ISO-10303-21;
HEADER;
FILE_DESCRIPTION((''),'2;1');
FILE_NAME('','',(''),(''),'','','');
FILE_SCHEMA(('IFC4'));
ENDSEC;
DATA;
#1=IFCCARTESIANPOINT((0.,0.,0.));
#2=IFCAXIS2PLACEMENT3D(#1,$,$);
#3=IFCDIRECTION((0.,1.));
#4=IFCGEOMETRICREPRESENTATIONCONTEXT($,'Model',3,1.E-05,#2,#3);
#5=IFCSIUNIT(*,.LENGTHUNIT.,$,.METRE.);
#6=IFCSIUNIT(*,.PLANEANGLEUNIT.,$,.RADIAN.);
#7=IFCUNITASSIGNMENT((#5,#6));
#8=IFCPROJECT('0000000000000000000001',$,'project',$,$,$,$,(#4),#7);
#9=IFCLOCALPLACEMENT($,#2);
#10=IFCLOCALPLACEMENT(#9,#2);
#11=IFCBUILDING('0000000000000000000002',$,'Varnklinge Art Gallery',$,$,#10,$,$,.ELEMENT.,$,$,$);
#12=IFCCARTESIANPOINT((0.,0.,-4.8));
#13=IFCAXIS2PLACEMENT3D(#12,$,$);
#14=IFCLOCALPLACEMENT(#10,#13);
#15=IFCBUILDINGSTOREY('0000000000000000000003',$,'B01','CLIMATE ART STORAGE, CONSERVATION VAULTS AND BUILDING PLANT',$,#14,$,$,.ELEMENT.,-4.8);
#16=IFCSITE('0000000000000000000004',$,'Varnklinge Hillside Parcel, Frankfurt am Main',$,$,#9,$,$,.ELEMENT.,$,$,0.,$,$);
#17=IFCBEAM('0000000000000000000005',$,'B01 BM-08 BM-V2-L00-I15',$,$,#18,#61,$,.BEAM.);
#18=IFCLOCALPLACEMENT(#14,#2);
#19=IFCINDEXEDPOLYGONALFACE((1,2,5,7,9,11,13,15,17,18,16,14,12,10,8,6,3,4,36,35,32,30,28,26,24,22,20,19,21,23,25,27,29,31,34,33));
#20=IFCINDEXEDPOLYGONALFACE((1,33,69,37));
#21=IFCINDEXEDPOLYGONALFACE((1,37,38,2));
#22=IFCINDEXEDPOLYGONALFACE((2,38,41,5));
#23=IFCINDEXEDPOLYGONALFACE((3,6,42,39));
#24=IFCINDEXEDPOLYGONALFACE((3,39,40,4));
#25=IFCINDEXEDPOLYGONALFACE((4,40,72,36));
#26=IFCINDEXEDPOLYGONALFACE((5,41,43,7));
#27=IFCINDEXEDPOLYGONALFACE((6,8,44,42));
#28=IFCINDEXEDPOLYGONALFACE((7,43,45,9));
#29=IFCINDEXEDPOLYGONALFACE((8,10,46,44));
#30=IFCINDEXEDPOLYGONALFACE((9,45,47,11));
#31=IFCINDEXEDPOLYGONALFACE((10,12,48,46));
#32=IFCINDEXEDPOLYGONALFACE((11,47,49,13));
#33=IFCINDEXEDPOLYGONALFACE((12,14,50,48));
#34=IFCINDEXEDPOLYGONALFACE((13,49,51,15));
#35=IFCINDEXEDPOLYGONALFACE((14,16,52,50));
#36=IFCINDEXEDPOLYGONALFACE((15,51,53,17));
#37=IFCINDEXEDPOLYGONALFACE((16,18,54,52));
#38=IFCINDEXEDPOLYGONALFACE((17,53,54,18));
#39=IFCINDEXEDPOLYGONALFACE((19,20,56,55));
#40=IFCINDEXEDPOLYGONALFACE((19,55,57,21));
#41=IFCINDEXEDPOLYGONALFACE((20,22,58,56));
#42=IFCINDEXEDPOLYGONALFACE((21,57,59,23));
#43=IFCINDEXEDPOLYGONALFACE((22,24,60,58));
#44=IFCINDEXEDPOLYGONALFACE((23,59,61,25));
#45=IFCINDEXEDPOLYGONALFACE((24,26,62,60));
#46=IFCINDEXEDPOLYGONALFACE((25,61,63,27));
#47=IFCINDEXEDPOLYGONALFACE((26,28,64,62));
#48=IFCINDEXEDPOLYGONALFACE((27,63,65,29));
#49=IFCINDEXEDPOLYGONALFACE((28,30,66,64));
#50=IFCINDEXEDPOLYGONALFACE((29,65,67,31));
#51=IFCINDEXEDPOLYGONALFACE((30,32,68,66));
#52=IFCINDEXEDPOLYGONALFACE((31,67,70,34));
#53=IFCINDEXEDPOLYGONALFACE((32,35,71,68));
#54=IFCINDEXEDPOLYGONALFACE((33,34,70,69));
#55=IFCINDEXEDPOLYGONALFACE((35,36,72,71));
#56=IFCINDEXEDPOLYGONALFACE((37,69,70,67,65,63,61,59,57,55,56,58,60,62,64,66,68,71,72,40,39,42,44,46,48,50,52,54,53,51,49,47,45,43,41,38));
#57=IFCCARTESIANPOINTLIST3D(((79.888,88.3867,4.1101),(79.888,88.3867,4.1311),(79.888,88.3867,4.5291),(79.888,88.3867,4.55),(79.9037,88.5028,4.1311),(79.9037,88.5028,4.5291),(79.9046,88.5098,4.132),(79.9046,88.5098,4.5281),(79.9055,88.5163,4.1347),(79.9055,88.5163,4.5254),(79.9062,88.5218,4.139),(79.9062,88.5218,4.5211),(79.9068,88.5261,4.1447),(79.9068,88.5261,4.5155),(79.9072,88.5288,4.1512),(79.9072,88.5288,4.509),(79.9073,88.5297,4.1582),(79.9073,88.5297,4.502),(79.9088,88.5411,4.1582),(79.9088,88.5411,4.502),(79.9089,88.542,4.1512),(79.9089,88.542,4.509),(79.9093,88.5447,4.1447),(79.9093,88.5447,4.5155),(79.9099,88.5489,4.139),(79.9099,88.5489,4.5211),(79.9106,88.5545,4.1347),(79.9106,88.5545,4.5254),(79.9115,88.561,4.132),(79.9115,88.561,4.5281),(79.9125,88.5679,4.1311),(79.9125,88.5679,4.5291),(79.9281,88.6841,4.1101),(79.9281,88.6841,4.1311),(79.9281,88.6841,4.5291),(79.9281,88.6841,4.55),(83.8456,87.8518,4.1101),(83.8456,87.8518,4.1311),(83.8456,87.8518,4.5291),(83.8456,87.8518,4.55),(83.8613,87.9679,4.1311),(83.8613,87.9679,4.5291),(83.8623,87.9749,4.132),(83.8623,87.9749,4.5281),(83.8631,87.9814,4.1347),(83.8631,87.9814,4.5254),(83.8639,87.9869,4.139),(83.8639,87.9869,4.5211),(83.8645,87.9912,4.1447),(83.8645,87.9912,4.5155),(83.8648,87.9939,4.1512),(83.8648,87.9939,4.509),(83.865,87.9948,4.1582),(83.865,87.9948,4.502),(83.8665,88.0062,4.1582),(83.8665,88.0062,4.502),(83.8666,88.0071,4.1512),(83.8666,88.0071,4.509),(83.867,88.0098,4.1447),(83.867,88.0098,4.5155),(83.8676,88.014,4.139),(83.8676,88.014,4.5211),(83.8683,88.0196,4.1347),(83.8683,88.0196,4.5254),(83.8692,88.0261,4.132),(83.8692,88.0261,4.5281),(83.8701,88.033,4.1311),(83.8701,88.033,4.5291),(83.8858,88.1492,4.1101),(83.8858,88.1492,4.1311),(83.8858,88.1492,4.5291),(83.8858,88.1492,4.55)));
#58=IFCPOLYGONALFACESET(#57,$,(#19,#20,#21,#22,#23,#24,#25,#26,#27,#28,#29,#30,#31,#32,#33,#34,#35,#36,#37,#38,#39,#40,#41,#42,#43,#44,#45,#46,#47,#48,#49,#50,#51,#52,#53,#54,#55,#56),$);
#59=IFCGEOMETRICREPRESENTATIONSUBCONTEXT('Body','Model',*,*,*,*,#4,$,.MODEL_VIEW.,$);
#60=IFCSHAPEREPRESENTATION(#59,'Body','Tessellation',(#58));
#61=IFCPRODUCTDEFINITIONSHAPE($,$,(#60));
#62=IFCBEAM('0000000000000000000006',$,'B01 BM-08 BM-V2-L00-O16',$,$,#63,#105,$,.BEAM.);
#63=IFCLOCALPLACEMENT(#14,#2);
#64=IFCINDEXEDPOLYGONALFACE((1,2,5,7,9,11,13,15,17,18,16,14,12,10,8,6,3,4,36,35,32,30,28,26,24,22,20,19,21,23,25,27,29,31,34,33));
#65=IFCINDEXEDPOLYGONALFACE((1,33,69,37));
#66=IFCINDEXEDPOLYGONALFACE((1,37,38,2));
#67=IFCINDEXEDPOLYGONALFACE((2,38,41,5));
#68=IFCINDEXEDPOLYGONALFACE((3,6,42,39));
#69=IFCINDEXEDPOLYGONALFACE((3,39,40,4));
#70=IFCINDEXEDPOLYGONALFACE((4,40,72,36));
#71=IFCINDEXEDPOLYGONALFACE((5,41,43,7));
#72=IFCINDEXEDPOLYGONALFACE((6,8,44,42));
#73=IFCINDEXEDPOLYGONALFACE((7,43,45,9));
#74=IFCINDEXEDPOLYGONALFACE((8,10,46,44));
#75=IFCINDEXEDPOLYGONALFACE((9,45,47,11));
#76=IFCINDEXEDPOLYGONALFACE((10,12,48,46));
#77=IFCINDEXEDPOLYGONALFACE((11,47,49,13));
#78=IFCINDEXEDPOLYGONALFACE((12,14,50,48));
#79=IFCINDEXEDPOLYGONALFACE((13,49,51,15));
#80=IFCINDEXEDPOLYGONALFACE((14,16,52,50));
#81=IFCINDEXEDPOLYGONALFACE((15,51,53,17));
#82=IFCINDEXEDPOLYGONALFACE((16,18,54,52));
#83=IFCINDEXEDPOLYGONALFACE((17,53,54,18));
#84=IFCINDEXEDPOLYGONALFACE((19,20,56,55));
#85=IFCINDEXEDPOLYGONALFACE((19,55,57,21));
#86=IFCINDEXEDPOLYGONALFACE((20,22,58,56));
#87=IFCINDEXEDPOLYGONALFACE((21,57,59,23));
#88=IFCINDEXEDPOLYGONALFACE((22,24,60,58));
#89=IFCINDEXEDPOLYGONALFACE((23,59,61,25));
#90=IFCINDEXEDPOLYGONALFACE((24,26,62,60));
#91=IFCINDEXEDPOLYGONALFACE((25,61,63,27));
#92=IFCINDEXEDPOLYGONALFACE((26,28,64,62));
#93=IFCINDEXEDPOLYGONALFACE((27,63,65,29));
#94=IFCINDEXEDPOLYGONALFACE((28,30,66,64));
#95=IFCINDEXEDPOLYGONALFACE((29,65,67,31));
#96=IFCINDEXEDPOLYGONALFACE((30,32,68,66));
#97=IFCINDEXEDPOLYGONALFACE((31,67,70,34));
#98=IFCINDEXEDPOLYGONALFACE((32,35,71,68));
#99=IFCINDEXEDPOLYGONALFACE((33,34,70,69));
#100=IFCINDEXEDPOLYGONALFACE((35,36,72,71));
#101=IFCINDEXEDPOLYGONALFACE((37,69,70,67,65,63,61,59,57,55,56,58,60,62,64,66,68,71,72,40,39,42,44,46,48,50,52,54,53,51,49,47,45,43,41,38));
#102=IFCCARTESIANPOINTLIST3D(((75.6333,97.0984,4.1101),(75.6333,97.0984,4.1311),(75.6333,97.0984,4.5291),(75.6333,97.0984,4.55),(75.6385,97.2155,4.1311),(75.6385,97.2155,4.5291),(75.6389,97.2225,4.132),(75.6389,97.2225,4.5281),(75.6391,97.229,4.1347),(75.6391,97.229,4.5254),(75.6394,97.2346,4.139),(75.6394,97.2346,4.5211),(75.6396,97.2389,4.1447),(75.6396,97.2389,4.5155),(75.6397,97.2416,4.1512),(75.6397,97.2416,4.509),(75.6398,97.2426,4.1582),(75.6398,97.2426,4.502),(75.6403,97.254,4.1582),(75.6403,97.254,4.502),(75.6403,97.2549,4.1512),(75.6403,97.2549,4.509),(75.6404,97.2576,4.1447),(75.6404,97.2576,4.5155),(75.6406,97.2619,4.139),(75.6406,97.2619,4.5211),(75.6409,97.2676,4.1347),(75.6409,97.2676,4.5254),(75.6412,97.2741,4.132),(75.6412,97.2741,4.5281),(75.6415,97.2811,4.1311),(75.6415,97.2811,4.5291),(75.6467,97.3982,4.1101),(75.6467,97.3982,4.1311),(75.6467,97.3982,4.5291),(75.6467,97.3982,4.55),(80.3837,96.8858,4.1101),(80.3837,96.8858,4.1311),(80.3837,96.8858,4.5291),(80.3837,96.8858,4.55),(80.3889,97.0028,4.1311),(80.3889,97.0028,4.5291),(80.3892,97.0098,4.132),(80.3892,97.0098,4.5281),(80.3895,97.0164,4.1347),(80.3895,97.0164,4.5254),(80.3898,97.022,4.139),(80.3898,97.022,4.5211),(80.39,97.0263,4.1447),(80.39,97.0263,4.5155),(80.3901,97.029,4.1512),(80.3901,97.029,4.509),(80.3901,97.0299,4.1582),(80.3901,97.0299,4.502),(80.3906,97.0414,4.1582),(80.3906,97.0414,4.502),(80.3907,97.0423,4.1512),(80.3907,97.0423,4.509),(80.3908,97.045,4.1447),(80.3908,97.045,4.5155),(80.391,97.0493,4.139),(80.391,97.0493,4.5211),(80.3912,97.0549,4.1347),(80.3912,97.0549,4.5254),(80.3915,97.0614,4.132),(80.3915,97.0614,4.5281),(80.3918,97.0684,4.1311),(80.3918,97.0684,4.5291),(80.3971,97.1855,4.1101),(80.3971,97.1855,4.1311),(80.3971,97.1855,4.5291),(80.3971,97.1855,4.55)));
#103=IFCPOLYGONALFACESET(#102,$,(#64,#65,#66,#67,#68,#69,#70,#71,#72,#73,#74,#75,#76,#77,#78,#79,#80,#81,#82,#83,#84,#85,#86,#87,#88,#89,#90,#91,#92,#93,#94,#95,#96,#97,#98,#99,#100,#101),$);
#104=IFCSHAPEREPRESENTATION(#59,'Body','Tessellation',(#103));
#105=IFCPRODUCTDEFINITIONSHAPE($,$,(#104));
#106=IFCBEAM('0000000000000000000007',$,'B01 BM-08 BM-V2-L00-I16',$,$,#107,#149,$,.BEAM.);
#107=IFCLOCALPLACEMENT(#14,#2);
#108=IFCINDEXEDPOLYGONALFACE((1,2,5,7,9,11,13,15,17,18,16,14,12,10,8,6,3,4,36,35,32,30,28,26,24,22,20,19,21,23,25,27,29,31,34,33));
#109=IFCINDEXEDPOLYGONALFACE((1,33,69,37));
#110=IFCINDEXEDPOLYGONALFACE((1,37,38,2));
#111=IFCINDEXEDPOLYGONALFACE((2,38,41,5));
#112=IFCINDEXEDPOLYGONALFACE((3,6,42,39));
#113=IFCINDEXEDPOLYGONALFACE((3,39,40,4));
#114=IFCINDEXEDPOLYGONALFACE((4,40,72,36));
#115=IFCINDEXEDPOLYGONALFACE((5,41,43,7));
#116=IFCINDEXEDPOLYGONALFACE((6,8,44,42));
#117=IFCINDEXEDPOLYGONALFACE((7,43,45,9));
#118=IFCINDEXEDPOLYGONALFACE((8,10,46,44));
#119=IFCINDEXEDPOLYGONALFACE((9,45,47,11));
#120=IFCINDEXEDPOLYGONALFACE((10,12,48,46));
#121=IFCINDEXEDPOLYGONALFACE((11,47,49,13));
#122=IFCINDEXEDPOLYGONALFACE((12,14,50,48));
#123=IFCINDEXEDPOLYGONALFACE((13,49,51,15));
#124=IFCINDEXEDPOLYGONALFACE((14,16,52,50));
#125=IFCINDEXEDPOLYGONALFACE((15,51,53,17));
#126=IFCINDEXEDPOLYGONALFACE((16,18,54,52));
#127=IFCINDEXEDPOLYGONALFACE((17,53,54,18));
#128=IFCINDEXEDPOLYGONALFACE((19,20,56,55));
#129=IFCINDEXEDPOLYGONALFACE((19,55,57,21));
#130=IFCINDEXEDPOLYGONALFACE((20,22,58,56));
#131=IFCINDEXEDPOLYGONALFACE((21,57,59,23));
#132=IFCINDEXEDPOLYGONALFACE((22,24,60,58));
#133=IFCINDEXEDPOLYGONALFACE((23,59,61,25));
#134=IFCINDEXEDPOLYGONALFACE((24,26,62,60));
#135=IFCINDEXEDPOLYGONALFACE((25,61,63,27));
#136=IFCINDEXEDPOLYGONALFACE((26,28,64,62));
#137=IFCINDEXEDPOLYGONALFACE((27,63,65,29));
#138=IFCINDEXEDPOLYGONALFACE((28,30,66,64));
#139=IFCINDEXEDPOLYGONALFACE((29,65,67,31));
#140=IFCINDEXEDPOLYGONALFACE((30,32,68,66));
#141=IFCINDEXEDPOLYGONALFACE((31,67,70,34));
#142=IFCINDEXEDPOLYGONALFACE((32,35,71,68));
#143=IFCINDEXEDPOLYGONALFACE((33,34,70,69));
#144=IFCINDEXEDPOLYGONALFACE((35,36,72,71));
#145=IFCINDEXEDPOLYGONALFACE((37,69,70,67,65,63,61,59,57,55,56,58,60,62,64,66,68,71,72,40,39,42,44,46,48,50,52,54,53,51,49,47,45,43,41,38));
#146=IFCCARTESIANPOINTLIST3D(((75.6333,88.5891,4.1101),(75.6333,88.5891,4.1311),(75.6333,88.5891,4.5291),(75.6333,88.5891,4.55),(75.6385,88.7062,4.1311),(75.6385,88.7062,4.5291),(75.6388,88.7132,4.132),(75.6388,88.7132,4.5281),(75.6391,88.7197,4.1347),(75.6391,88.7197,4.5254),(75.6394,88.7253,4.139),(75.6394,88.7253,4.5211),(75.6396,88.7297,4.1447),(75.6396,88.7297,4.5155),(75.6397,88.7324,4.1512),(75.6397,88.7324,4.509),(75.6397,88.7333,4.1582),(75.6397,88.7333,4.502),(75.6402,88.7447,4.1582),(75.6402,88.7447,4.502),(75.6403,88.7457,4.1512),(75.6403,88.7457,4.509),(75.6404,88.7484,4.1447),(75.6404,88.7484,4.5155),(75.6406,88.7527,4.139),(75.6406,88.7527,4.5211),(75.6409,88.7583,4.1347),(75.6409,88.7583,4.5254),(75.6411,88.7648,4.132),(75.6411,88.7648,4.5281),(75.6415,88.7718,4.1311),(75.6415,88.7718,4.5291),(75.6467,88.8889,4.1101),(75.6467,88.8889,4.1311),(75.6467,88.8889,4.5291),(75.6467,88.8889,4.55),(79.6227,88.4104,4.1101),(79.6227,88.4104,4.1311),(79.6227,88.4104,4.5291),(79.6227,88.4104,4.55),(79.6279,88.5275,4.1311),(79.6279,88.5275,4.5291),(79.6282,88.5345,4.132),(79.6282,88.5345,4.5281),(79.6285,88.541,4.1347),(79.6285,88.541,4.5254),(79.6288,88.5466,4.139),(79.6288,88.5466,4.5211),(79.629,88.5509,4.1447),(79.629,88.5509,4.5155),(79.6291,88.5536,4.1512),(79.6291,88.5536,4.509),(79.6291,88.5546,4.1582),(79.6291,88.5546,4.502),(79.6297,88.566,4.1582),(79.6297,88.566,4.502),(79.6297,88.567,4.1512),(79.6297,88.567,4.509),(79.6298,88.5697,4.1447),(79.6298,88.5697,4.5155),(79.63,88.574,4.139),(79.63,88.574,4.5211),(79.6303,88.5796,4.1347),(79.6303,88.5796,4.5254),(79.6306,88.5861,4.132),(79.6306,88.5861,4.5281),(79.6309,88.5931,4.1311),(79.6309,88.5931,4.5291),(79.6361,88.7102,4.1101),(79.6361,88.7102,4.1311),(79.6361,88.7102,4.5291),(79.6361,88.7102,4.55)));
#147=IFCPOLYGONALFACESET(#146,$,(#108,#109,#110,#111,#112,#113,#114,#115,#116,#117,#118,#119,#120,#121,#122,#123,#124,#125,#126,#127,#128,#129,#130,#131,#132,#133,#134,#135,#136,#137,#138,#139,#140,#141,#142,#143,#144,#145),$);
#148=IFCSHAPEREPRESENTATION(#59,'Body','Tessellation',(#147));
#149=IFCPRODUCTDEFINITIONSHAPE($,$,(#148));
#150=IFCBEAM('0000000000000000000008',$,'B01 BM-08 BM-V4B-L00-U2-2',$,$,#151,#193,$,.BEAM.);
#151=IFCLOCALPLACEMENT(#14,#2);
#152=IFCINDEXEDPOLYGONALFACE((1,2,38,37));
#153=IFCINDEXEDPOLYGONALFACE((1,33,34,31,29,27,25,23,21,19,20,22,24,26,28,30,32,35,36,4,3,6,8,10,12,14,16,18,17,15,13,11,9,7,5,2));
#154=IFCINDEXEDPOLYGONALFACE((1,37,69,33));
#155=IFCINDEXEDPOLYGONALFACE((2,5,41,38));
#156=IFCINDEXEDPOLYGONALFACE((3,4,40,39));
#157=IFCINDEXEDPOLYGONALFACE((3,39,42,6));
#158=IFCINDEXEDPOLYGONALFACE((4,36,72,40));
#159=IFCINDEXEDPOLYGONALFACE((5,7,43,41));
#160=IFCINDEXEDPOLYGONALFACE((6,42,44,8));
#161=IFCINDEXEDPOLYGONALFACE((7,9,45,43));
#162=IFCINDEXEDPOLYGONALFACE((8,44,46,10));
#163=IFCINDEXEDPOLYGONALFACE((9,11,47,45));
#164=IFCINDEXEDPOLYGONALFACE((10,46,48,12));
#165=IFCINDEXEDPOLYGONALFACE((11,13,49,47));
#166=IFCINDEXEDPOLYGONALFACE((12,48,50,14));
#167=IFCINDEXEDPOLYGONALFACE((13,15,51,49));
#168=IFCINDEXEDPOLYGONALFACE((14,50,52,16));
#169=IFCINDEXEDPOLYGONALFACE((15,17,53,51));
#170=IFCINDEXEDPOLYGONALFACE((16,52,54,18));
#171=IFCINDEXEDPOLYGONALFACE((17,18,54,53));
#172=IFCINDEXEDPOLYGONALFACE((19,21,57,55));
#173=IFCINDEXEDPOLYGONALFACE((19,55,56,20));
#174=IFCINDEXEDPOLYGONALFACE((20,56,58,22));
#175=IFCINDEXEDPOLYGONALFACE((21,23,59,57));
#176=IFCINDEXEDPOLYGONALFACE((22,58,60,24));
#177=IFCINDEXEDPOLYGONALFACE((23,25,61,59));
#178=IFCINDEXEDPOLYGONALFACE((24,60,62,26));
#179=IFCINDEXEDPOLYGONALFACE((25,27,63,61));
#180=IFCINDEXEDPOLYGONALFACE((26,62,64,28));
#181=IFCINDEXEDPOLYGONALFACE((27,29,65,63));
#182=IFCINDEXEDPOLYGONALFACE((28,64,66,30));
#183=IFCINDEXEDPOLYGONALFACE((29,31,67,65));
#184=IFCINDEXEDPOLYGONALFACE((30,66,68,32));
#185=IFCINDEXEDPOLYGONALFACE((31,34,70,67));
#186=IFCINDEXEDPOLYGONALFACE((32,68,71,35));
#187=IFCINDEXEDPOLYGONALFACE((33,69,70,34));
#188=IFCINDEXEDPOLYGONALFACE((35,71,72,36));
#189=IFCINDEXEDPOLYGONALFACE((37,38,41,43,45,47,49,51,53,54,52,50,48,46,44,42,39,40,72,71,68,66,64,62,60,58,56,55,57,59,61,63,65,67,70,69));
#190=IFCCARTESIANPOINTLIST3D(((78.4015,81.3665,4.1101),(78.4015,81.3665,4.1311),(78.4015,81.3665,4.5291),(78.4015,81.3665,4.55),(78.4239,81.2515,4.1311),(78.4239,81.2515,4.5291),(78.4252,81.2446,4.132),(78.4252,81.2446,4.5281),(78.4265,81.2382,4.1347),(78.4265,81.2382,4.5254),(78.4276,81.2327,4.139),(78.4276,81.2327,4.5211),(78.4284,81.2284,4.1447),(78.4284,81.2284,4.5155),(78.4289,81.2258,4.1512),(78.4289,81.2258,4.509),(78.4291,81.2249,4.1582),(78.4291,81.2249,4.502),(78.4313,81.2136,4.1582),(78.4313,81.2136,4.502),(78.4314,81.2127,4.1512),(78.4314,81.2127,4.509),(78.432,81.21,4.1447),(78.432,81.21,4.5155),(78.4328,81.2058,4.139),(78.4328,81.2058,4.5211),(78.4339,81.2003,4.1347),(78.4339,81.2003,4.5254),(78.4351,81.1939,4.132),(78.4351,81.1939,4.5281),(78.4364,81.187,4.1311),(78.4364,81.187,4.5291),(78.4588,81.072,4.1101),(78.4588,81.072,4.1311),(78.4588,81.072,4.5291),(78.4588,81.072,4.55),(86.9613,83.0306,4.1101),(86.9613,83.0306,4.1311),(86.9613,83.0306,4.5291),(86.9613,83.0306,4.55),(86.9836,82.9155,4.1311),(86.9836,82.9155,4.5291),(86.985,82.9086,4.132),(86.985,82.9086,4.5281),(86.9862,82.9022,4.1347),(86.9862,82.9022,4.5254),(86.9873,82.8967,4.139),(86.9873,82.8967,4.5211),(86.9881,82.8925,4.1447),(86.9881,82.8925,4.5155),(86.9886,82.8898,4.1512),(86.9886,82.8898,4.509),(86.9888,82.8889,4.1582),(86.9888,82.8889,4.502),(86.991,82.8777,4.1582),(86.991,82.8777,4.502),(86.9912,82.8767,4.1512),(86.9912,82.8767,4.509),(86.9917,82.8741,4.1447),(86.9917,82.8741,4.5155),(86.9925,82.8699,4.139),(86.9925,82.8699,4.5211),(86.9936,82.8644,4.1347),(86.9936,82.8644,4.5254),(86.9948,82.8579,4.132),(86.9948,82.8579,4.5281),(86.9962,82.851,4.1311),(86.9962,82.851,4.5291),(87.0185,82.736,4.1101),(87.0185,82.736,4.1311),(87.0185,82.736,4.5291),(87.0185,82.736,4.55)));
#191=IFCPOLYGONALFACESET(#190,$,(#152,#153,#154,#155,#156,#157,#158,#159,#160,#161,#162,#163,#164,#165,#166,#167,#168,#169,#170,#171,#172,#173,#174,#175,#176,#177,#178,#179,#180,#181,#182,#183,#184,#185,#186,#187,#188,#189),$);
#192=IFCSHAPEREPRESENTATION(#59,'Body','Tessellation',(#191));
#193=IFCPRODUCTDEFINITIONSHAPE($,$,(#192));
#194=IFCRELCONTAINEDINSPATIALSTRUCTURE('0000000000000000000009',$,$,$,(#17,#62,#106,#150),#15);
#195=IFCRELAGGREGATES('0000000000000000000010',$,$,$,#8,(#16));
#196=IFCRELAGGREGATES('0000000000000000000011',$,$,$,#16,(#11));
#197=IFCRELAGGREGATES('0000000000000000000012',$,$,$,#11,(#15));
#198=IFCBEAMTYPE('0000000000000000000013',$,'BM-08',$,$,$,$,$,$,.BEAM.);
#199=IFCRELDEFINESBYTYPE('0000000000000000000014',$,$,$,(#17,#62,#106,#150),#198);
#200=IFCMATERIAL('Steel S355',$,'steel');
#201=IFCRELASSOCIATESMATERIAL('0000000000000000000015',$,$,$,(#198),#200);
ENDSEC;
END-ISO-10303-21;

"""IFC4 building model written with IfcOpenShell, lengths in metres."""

from ifc_helpers import new_model, si_unit, direction, frame, origin, origin_2d, place, context, subcontext, project, spatial, i_section, extrude, material, material_profile, profile_set, type_object, element, save


model = new_model("IFC4")

# Units and contexts
model_context = context("Model", 3, precision=1e-05, world=origin(), true_north=direction((0.0, 1.0)))
body_context = subcontext(model_context, "Body", "Model", "MODEL_VIEW")
ifc_project = project(units=[si_unit("LENGTHUNIT", "METRE"), si_unit("PLANEANGLEUNIT", "RADIAN")], contexts=[model_context])

# Site, building, storey
site_placement = place(None, origin())
site = spatial("IfcSite", under=ifc_project, at=site_placement, Name="Varnklinge Hillside Parcel, Frankfurt am Main", CompositionType="ELEMENT", RefElevation=0.0)
building_placement = place(site_placement, origin())
building = spatial("IfcBuilding", under=site, at=building_placement, Name="Varnklinge Art Gallery", CompositionType="ELEMENT")
storey_placement = place(building_placement, frame((0.0, 0.0, -4.8)))
storey = spatial("IfcBuildingStorey", under=building, at=storey_placement, Name="B01", Description="CLIMATE ART STORAGE, CONSERVATION VAULTS AND BUILDING PLANT", CompositionType="ELEMENT", Elevation=-4.8)

# Beams
ifc_material_1 = material(Name="Steel S355", Category="steel")
ifc_material_profile_1 = material_profile(ifc_material_1, i_section(OverallWidth=0.3, OverallDepth=0.4399, WebThickness=0.0115, FlangeThickness=0.021, FilletRadius=0.0271, at=origin_2d()), Name="HEA 450")
ifc_profile_set_1 = profile_set([ifc_material_profile_1], Name="Steel S355")
beam_type_1 = type_object("IfcBeamType", Name="BM-08", PredefinedType="BEAM", material=ifc_profile_set_1)
beam_1_placement = place(storey_placement, frame((83.8657, 88.0005, 4.3301), z_axis=(-0.99099, 0.133937, 0.0), x_axis=(-0.133937, -0.99099, 0.0)))
element("IfcBeam", 1, at=beam_1_placement, inside=storey, type_object=beam_type_1, Name="B01 BM-08 BM-V2-L00-I15", PredefinedType="BEAM", context=body_context, shape_type="SweptSolid", body=[
    extrude(i_section(OverallWidth=0.3, OverallDepth=0.4399, WebThickness=0.0115, FlangeThickness=0.021, FilletRadius=0.0271, at=origin_2d()), origin(), (0.0, 0.0, 1.0), 3.9937),
])
beam_2_placement = place(storey_placement, frame((80.3904, 97.0356, 4.3301), z_axis=(-0.999, 0.044718, 0.0), x_axis=(-0.044718, -0.999, 0.0)))
element("IfcBeam", 2, at=beam_2_placement, inside=storey, type_object=beam_type_1, Name="B01 BM-08 BM-V2-L00-O16", PredefinedType="BEAM", context=body_context, shape_type="SweptSolid", body=[
    extrude(i_section(OverallWidth=0.3, OverallDepth=0.4399, WebThickness=0.0115, FlangeThickness=0.021, FilletRadius=0.0271, at=origin_2d()), origin(), (0.0, 0.0, 1.0), 4.7551),
])
beam_3_placement = place(storey_placement, frame((79.6294, 88.5603, 4.3301), z_axis=(-0.998998, 0.04475, 0.0), x_axis=(-0.04475, -0.998998, 0.0)))
element("IfcBeam", 3, at=beam_3_placement, inside=storey, type_object=beam_type_1, Name="B01 BM-08 BM-V2-L00-I16", PredefinedType="BEAM", context=body_context, shape_type="SweptSolid", body=[
    extrude(i_section(OverallWidth=0.3, OverallDepth=0.4399, WebThickness=0.0115, FlangeThickness=0.021, FilletRadius=0.0271, at=origin_2d()), origin(), (0.0, 0.0, 1.0), 3.9934),
])
beam_4_placement = place(storey_placement, frame((78.4302, 81.2192, 4.3301), z_axis=(0.981623, 0.190831, 0.0), x_axis=(-0.190831, 0.981623, 0.0)))
element("IfcBeam", 4, at=beam_4_placement, inside=storey, type_object=beam_type_1, Name="B01 BM-08 BM-V4B-L00-U2-2", PredefinedType="BEAM", context=body_context, shape_type="SweptSolid", body=[
    extrude(i_section(OverallWidth=0.3, OverallDepth=0.4399, WebThickness=0.0115, FlangeThickness=0.021, FilletRadius=0.0271, at=origin_2d()), origin(), (0.0, 0.0, 1.0), 8.72),
])

save(model, "model.ifc")
